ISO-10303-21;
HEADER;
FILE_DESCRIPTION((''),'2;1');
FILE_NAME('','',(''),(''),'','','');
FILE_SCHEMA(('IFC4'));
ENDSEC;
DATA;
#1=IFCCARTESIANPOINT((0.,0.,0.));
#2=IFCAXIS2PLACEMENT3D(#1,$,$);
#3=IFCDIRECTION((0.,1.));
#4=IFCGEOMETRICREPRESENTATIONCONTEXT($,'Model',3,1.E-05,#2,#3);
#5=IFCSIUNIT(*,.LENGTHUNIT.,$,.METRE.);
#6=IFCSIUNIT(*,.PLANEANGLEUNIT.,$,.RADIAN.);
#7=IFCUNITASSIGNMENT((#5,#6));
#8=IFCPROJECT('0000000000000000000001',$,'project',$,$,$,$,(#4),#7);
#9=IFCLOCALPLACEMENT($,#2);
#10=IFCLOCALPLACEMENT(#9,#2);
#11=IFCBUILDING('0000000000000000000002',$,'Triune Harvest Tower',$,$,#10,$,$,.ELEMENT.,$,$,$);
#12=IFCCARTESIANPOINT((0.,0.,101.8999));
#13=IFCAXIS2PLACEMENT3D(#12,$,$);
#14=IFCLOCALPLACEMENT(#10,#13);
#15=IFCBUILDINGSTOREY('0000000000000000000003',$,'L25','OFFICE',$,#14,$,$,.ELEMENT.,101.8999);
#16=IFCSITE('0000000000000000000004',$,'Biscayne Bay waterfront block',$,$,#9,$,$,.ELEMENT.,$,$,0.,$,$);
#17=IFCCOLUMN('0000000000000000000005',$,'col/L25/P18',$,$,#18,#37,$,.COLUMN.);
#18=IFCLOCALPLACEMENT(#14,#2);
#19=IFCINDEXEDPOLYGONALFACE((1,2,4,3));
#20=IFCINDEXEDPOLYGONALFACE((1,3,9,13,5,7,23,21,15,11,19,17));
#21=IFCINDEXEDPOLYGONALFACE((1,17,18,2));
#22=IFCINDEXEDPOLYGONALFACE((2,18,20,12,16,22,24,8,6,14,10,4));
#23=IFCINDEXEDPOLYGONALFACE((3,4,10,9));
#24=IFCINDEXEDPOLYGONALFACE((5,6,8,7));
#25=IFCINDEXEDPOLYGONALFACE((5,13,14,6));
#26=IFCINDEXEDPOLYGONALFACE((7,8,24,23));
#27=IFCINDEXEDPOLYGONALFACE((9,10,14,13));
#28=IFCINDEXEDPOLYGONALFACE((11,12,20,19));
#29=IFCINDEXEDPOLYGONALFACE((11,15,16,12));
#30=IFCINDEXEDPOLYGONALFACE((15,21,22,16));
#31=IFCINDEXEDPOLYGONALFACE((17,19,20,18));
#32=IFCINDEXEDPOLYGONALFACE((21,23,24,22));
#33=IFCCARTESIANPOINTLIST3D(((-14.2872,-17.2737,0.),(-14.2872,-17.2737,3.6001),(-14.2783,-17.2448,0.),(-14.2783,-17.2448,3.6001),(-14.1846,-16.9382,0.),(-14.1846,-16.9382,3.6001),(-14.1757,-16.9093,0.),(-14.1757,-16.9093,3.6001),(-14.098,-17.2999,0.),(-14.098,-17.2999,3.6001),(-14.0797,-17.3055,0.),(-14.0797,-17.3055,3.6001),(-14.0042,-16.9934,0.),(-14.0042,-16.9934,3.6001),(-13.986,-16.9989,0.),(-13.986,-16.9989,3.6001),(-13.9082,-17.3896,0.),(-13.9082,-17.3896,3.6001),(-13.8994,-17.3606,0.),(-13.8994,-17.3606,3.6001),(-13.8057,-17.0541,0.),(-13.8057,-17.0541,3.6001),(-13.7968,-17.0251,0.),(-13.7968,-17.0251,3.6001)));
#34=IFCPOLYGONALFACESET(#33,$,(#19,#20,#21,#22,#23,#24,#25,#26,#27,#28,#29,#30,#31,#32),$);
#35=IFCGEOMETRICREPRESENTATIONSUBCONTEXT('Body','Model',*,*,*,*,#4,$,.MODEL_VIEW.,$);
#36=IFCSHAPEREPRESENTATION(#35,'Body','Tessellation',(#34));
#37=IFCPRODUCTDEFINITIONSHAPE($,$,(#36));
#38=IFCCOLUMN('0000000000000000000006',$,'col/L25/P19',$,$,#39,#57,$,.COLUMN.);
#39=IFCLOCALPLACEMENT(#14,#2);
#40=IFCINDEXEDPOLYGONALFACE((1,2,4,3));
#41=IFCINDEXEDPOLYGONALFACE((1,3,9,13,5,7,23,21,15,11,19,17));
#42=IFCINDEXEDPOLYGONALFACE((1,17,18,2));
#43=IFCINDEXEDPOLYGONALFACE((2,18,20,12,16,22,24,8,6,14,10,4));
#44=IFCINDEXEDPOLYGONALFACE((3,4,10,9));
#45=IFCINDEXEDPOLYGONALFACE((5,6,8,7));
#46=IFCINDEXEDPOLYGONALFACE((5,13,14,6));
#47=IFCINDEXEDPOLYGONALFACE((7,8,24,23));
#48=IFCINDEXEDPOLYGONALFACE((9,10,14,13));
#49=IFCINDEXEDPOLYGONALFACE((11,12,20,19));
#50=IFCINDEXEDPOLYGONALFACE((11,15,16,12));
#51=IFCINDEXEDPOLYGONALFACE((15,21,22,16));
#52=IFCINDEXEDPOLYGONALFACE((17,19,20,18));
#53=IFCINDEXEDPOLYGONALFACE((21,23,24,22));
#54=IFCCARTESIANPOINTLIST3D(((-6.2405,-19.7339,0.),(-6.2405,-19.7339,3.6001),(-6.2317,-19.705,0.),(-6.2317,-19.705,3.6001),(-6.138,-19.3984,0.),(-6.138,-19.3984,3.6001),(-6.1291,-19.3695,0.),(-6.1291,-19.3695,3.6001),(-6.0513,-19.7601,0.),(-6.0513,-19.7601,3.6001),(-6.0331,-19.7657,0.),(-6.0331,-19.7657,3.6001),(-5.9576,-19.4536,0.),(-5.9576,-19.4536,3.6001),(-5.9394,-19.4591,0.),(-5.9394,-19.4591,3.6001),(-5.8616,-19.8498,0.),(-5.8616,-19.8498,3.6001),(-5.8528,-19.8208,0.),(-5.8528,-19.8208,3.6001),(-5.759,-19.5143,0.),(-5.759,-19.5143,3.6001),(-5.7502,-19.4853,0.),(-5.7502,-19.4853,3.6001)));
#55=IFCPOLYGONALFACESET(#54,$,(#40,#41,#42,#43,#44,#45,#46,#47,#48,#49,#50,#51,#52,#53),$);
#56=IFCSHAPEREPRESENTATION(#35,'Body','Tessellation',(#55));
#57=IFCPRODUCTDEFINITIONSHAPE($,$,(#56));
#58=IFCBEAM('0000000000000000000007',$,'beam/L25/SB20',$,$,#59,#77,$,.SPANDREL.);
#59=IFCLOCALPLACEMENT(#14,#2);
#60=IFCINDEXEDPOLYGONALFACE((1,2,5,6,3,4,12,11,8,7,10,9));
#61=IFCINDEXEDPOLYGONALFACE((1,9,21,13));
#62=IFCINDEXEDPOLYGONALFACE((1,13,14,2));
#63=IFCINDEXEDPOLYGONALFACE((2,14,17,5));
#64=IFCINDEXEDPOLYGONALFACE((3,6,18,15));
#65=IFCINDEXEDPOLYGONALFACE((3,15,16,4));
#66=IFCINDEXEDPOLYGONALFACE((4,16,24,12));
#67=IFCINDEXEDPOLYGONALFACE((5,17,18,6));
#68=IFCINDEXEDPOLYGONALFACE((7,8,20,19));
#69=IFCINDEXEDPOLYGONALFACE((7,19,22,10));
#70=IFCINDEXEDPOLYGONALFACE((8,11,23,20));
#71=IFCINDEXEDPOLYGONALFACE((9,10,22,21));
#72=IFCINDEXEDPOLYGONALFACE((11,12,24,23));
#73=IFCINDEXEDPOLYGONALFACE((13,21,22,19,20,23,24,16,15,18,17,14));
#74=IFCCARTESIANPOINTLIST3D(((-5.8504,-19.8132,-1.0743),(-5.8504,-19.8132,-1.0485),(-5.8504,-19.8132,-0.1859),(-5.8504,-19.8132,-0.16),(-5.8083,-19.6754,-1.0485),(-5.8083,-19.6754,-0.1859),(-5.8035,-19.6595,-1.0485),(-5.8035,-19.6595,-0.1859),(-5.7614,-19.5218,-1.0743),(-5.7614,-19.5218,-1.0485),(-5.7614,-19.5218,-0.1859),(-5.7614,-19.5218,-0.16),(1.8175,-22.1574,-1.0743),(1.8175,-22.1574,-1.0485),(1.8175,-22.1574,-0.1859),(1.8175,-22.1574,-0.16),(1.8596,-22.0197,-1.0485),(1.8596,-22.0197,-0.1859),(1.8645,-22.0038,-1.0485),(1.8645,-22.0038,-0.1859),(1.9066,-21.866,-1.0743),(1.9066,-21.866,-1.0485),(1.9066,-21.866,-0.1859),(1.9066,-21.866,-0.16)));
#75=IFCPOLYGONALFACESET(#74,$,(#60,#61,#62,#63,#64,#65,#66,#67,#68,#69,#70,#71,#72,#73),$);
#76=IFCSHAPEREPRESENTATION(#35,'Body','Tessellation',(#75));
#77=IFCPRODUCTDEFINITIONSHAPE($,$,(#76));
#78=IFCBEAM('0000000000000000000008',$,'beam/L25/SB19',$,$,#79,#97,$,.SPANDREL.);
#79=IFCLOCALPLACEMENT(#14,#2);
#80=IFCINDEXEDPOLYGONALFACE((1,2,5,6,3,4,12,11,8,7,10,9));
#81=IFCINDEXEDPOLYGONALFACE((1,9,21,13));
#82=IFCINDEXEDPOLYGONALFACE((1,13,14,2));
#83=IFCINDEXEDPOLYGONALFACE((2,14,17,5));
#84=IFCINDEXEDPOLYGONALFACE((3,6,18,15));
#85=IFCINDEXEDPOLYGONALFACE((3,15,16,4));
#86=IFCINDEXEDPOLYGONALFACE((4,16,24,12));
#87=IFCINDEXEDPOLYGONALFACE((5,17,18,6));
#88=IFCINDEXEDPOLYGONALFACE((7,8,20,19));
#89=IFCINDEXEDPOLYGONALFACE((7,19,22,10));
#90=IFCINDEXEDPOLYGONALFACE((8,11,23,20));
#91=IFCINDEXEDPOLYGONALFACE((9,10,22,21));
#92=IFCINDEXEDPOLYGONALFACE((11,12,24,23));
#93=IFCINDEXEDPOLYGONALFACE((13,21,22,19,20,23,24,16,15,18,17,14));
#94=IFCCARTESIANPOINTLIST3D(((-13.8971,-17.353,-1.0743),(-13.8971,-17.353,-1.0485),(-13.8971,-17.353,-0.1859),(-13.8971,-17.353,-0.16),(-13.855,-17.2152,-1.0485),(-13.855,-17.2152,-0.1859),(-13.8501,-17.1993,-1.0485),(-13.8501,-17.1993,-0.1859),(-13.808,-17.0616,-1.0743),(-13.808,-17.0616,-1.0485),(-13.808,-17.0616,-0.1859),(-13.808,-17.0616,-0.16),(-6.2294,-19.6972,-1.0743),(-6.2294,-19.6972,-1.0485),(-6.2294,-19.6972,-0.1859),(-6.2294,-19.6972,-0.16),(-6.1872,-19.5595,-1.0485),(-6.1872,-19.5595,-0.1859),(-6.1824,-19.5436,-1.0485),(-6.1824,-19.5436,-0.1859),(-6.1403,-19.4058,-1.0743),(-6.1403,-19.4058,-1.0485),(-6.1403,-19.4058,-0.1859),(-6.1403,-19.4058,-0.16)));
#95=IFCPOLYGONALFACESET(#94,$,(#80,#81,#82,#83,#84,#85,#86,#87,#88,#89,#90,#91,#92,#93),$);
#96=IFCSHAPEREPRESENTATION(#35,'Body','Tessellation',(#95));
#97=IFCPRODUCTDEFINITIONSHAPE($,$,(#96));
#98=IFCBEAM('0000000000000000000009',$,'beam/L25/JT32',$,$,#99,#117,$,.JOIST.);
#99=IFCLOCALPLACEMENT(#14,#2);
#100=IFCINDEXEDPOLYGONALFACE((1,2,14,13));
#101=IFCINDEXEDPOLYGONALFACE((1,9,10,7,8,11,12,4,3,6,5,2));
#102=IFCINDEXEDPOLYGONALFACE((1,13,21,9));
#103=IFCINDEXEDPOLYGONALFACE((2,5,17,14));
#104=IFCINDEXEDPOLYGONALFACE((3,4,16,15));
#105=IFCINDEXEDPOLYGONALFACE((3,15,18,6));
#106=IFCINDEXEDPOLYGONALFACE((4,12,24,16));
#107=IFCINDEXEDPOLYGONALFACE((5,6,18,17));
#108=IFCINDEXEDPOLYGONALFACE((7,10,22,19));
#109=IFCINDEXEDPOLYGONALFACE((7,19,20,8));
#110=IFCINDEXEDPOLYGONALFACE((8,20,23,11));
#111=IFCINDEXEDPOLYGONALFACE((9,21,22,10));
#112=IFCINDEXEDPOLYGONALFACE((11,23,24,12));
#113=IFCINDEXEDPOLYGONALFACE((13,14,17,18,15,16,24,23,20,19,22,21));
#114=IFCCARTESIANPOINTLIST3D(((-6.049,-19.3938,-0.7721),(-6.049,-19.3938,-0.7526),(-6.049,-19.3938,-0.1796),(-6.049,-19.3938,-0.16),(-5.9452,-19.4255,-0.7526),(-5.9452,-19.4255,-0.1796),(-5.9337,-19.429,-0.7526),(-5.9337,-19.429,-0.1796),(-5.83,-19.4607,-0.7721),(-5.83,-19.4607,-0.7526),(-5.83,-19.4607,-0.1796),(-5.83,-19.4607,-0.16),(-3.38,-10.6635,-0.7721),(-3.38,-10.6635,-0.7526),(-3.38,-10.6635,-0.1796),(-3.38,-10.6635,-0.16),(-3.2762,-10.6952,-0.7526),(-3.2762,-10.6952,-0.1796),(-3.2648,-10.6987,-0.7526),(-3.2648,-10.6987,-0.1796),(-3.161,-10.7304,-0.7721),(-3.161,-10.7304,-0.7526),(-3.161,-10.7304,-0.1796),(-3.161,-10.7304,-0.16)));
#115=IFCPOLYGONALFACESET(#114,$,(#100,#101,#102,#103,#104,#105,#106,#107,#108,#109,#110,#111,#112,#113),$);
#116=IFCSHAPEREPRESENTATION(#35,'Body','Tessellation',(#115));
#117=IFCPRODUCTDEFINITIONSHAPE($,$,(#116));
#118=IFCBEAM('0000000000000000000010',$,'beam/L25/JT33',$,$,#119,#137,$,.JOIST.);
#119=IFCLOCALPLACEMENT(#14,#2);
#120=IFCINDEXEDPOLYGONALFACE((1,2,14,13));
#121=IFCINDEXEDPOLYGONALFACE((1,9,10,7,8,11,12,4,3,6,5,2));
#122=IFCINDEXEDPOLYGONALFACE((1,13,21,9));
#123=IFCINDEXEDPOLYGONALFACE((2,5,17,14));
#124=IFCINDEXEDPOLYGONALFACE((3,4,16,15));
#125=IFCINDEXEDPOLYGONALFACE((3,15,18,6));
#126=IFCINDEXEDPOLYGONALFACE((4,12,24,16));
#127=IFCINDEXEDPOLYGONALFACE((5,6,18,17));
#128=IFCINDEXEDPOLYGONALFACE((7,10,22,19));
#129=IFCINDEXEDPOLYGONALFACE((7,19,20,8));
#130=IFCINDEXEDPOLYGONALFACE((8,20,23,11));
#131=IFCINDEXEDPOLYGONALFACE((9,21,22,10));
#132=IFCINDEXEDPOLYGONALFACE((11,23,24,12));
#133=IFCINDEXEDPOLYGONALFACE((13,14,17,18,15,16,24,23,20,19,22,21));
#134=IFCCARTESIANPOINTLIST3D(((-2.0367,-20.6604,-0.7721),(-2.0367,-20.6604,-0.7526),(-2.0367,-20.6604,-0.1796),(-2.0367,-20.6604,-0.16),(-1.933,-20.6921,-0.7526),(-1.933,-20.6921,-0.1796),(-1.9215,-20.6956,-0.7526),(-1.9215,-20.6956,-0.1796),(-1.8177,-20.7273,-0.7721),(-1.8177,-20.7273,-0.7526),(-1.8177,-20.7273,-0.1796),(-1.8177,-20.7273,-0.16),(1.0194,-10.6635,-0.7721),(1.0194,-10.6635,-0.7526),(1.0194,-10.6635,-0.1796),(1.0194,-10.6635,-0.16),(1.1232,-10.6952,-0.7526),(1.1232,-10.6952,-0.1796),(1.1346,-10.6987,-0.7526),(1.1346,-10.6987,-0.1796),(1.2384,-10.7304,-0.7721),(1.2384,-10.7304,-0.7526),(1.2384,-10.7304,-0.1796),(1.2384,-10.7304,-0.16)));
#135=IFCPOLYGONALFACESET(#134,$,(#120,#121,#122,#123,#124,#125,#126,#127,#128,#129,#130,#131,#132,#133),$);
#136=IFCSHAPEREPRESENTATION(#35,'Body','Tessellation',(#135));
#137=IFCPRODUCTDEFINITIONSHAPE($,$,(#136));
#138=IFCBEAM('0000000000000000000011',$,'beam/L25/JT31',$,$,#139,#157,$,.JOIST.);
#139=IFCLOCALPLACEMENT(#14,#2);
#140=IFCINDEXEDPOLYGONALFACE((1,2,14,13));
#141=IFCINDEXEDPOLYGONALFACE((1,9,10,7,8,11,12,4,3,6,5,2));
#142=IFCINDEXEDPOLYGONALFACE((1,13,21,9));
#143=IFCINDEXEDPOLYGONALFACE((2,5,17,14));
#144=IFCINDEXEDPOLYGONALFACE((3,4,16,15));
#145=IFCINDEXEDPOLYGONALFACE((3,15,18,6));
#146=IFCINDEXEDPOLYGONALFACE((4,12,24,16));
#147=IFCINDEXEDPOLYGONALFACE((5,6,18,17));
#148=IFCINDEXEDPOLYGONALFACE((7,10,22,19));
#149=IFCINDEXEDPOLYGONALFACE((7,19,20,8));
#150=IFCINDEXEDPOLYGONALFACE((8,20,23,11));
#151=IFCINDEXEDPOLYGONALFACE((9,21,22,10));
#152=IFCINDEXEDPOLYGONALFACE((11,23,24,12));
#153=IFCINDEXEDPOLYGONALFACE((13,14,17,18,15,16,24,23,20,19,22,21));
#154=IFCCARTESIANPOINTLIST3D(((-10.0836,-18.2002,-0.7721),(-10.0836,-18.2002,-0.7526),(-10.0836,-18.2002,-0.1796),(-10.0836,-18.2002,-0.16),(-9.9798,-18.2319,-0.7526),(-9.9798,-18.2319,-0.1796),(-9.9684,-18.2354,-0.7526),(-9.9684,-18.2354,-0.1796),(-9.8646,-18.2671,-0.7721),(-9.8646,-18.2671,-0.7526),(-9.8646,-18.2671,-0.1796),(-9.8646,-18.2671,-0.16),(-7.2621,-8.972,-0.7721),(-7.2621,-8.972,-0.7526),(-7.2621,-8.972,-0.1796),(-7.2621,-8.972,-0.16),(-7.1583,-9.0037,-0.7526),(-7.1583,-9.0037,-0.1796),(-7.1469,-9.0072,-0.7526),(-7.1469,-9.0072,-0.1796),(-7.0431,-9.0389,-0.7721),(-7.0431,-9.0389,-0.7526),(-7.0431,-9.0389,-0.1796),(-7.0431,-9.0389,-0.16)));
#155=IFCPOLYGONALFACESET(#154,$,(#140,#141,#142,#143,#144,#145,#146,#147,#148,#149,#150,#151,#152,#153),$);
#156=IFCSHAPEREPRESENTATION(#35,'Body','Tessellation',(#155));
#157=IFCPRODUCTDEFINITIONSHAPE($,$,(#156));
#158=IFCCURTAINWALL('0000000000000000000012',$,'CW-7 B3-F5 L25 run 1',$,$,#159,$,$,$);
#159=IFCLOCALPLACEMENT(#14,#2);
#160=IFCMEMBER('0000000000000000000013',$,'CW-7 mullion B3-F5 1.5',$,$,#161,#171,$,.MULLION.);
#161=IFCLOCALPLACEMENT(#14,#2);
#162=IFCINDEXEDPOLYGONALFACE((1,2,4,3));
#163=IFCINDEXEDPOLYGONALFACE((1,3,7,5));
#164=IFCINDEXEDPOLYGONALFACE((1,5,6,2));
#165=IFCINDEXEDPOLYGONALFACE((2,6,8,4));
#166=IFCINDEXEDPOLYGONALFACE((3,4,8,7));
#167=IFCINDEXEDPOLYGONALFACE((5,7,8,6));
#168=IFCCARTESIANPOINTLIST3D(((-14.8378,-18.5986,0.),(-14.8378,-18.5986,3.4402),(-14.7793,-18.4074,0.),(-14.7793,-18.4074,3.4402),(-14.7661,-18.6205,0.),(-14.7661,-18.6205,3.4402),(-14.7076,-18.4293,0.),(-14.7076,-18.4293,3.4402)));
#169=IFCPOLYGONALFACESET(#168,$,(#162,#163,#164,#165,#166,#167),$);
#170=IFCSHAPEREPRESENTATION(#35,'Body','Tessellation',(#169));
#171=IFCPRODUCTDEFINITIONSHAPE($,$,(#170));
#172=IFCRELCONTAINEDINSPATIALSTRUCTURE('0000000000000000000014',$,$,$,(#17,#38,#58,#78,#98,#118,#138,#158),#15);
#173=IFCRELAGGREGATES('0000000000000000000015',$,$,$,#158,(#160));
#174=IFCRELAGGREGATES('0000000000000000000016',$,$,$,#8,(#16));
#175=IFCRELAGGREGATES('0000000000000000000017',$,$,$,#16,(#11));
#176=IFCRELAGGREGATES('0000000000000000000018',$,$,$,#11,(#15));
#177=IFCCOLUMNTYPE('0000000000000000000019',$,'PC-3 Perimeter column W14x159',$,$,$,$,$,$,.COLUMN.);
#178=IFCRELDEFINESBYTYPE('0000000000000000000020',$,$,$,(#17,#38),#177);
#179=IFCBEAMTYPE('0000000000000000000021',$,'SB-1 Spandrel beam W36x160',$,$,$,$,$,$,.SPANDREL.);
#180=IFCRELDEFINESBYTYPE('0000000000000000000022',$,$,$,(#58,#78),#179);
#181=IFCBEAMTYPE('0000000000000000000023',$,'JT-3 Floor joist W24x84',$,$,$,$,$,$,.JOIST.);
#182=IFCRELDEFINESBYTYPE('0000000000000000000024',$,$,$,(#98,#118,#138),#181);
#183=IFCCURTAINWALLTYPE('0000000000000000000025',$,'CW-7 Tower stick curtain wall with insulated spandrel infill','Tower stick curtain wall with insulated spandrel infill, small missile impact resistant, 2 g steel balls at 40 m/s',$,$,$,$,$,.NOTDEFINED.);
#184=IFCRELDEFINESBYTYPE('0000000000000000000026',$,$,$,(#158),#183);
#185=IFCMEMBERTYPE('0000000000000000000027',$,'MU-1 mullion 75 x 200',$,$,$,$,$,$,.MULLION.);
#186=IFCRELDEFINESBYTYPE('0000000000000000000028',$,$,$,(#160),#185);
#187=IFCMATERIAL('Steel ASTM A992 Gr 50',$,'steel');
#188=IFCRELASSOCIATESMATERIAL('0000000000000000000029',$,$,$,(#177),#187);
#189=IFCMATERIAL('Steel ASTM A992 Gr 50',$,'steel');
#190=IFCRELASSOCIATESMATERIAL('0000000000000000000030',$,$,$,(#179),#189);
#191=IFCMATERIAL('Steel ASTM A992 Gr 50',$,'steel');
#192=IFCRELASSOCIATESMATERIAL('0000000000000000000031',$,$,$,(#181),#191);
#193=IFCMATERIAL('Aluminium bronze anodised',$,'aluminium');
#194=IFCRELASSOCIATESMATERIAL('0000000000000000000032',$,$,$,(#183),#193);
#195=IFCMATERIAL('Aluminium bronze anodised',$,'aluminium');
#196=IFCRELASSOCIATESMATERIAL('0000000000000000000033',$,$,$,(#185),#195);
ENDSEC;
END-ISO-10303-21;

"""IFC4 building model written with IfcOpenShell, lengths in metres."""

from ifc_helpers import new_model, si_unit, direction, frame, origin, origin_2d, place, context, subcontext, project, spatial, rectangle, i_section, extrude, source, transform, mapped, material, material_profile, profile_set, type_object, element, aggregate, save


model = new_model("IFC4")

# Units and contexts
model_context = context("Model", 3, precision=1e-05, world=origin(), true_north=direction((0.0, 1.0)))
body_context = subcontext(model_context, "Body", "Model", "MODEL_VIEW")
ifc_project = project(units=[si_unit("LENGTHUNIT", "METRE"), si_unit("PLANEANGLEUNIT", "RADIAN")], contexts=[model_context])

# Site, building, storey
site_placement = place(None, origin())
site = spatial("IfcSite", under=ifc_project, at=site_placement, Name="Biscayne Bay waterfront block", CompositionType="ELEMENT", RefElevation=0.0)
building_placement = place(site_placement, origin())
building = spatial("IfcBuilding", under=site, at=building_placement, Name="Triune Harvest Tower", CompositionType="ELEMENT")
storey_placement = place(building_placement, frame((0.0, 0.0, 101.8999)))
storey = spatial("IfcBuildingStorey", under=building, at=storey_placement, Name="L25", Description="OFFICE", CompositionType="ELEMENT", Elevation=101.8999)

# Columns
ifc_material_1 = material(Name="Steel ASTM A992 Gr 50", Category="steel")
ifc_material_profile_1 = material_profile(ifc_material_1, i_section(OverallWidth=0.3962, OverallDepth=0.3811, WebThickness=0.019, FlangeThickness=0.0303, at=origin_2d()), Name="W14x159")
ifc_profile_set_1 = profile_set([ifc_material_profile_1], Name="Steel ASTM A992 Gr 50")
column_type = type_object("IfcColumnType", Name="PC-3 Perimeter column W14x159", PredefinedType="COLUMN", material=ifc_profile_set_1)
shared_shape_1 = source(origin(), body_context, "Body", "SweptSolid", [
    extrude(i_section(OverallWidth=0.3962, OverallDepth=0.3811, WebThickness=0.019, FlangeThickness=0.0303, at=origin_2d()), origin(), (0.0, 0.0, 1.0), 3.6001),
])
for number, where, z_axis, x_axis, name in (
    (1, (-14.042, -17.1494, 0.0), (0.0, 0.0, 1.0), (0.956305, -0.292372, 0.0), "col/L25/P18"),
    (2, (-5.9954, -19.6096, 0.0), (0.0, 0.0, 1.0), (0.956305, -0.292372, 0.0), "col/L25/P19"),
):
    element("IfcColumn", number, at=place(storey_placement, frame(where, z_axis=z_axis, x_axis=x_axis)), inside=storey, type_object=column_type, Name=name, PredefinedType="COLUMN", context=body_context, shape_type="MappedRepresentation", body=[
        mapped(shared_shape_1, transform((0.0, 0.0, 0.0), scale=1.0)),
    ])

# Beams
ifc_material_2 = material(Name="Steel ASTM A992 Gr 50", Category="steel")
ifc_material_profile_2 = material_profile(ifc_material_2, i_section(OverallWidth=0.3047, OverallDepth=0.9143, WebThickness=0.0166, FlangeThickness=0.0259, at=origin_2d()), Name="W36x160")
ifc_profile_set_2 = profile_set([ifc_material_profile_2], Name="Steel ASTM A992 Gr 50")
beam_type_1 = type_object("IfcBeamType", Name="SB-1 Spandrel beam W36x160", PredefinedType="SPANDREL", material=ifc_profile_set_2)
shared_shape_2 = source(origin(), body_context, "Body", "SweptSolid", [
    extrude(i_section(OverallWidth=0.3047, OverallDepth=0.9143, WebThickness=0.0166, FlangeThickness=0.0259, at=origin_2d()), origin(), (0.0, 0.0, 1.0), 8.0183),
])
beam_1_placement = place(storey_placement, frame((-5.8059, -19.6675, -0.6172), z_axis=(0.956308, -0.292361, 0.0), x_axis=(0.292361, 0.956308, 0.0)))
element("IfcBeam", 3, at=beam_1_placement, inside=storey, type_object=beam_type_1, Name="beam/L25/SB20", PredefinedType="SPANDREL", context=body_context, shape_type="MappedRepresentation", body=[
    mapped(shared_shape_2, transform((0.0, 0.0, 0.0), scale=1.0)),
])
shared_shape_3 = source(origin(), body_context, "Body", "SweptSolid", [
    extrude(i_section(OverallWidth=0.3047, OverallDepth=0.9143, WebThickness=0.0166, FlangeThickness=0.0259, at=origin_2d()), origin(), (0.0, 0.0, 1.0), 8.0181),
])
beam_2_placement = place(storey_placement, frame((-13.8525, -17.2073, -0.6172), z_axis=(0.956305, -0.292369, 0.0), x_axis=(0.292369, 0.956305, 0.0)))
element("IfcBeam", 4, at=beam_2_placement, inside=storey, type_object=beam_type_1, Name="beam/L25/SB19", PredefinedType="SPANDREL", context=body_context, shape_type="MappedRepresentation", body=[
    mapped(shared_shape_3, transform((0.0, 0.0, 0.0), scale=1.0)),
])
ifc_material_3 = material(Name="Steel ASTM A992 Gr 50", Category="steel")
ifc_material_profile_3 = material_profile(ifc_material_3, i_section(OverallWidth=0.229, OverallDepth=0.6121, WebThickness=0.012, FlangeThickness=0.0195, at=origin_2d()), Name="W24x84")
ifc_profile_set_3 = profile_set([ifc_material_profile_3], Name="Steel ASTM A992 Gr 50")
beam_type_2 = type_object("IfcBeamType", Name="JT-3 Floor joist W24x84", PredefinedType="JOIST", material=ifc_profile_set_3)
shared_shape_4 = source(origin(), body_context, "Body", "SweptSolid", [
    extrude(i_section(OverallWidth=0.229, OverallDepth=0.6121, WebThickness=0.012, FlangeThickness=0.0195, at=origin_2d()), origin(), (0.0, 0.0, 1.0), 9.1292),
])
beam_3_placement = place(storey_placement, frame((-5.9395, -19.4272, -0.4661), z_axis=(0.292356, 0.956309, 0.0), x_axis=(-0.956309, 0.292356, 0.0)))
element("IfcBeam", 5, at=beam_3_placement, inside=storey, type_object=beam_type_2, Name="beam/L25/JT32", PredefinedType="JOIST", context=body_context, shape_type="MappedRepresentation", body=[
    mapped(shared_shape_4, transform((0.0, 0.0, 0.0), scale=1.0)),
])
shared_shape_5 = source(origin(), body_context, "Body", "SweptSolid", [
    extrude(i_section(OverallWidth=0.229, OverallDepth=0.6121, WebThickness=0.012, FlangeThickness=0.0195, at=origin_2d()), origin(), (0.0, 0.0, 1.0), 10.4536),
])
beam_4_placement = place(storey_placement, frame((-1.9272, -20.6938, -0.4661), z_axis=(0.292356, 0.95631, 0.0), x_axis=(-0.95631, 0.292356, 0.0)))
element("IfcBeam", 6, at=beam_4_placement, inside=storey, type_object=beam_type_2, Name="beam/L25/JT33", PredefinedType="JOIST", context=body_context, shape_type="MappedRepresentation", body=[
    mapped(shared_shape_5, transform((0.0, 0.0, 0.0), scale=1.0)),
])
shared_shape_6 = source(origin(), body_context, "Body", "SweptSolid", [
    extrude(i_section(OverallWidth=0.229, OverallDepth=0.6121, WebThickness=0.012, FlangeThickness=0.0195, at=origin_2d()), origin(), (0.0, 0.0, 1.0), 9.6499),
])
beam_5_placement = place(storey_placement, frame((-9.9741, -18.2336, -0.4661), z_axis=(0.292388, 0.9563, 0.0), x_axis=(-0.9563, 0.292388, 0.0)))
element("IfcBeam", 7, at=beam_5_placement, inside=storey, type_object=beam_type_2, Name="beam/L25/JT31", PredefinedType="JOIST", context=body_context, shape_type="MappedRepresentation", body=[
    mapped(shared_shape_6, transform((0.0, 0.0, 0.0), scale=1.0)),
])

# Curtain wall, member
ifc_material_4 = material(Name="Aluminium bronze anodised", Category="aluminium")
curtain_wall_type_1 = type_object("IfcCurtainWallType", Name="CW-7 Tower stick curtain wall with insulated spandrel infill", Description="Tower stick curtain wall with insulated spandrel infill, small missile impact resistant, 2 g steel balls at 40 m/s", PredefinedType="NOTDEFINED", material=ifc_material_4)
curtain_wall_1_placement = place(storey_placement, origin())
curtain_wall_1 = element("IfcCurtainWall", 8, at=curtain_wall_1_placement, inside=storey, type_object=curtain_wall_type_1, Name="CW-7 B3-F5 L25 run 1")
ifc_material_5 = material(Name="Aluminium bronze anodised", Category="aluminium")
ifc_material_profile_4 = material_profile(ifc_material_5, rectangle(XDim=0.2, YDim=0.075, at=origin_2d()), Name="MU-1 mullion 75 x 200")
ifc_profile_set_4 = profile_set([ifc_material_profile_4], Name="Aluminium bronze anodised")
member_type_1 = type_object("IfcMemberType", Name="MU-1 mullion 75 x 200", PredefinedType="MULLION", material=ifc_profile_set_4)
shared_shape_7 = source(origin(), body_context, "Body", "SweptSolid", [
    extrude(rectangle(XDim=0.2, YDim=0.075, at=origin_2d()), origin(), (0.0, 0.0, 1.0), 3.4402),
])
member_1_placement = place(storey_placement, frame((-14.7727, -18.5139, 0.0), z_axis=(0.0, 0.0, 1.0), x_axis=(0.292372, 0.956305, 0.0)))
member_1 = element("IfcMember", 9, at=member_1_placement, type_object=member_type_1, Name="CW-7 mullion B3-F5 1.5", PredefinedType="MULLION", context=body_context, shape_type="MappedRepresentation", body=[
    mapped(shared_shape_7, transform((0.0, 0.0, 0.0), scale=1.0)),
])
aggregate(curtain_wall_1, [member_1])

save(model, "model.ifc")
